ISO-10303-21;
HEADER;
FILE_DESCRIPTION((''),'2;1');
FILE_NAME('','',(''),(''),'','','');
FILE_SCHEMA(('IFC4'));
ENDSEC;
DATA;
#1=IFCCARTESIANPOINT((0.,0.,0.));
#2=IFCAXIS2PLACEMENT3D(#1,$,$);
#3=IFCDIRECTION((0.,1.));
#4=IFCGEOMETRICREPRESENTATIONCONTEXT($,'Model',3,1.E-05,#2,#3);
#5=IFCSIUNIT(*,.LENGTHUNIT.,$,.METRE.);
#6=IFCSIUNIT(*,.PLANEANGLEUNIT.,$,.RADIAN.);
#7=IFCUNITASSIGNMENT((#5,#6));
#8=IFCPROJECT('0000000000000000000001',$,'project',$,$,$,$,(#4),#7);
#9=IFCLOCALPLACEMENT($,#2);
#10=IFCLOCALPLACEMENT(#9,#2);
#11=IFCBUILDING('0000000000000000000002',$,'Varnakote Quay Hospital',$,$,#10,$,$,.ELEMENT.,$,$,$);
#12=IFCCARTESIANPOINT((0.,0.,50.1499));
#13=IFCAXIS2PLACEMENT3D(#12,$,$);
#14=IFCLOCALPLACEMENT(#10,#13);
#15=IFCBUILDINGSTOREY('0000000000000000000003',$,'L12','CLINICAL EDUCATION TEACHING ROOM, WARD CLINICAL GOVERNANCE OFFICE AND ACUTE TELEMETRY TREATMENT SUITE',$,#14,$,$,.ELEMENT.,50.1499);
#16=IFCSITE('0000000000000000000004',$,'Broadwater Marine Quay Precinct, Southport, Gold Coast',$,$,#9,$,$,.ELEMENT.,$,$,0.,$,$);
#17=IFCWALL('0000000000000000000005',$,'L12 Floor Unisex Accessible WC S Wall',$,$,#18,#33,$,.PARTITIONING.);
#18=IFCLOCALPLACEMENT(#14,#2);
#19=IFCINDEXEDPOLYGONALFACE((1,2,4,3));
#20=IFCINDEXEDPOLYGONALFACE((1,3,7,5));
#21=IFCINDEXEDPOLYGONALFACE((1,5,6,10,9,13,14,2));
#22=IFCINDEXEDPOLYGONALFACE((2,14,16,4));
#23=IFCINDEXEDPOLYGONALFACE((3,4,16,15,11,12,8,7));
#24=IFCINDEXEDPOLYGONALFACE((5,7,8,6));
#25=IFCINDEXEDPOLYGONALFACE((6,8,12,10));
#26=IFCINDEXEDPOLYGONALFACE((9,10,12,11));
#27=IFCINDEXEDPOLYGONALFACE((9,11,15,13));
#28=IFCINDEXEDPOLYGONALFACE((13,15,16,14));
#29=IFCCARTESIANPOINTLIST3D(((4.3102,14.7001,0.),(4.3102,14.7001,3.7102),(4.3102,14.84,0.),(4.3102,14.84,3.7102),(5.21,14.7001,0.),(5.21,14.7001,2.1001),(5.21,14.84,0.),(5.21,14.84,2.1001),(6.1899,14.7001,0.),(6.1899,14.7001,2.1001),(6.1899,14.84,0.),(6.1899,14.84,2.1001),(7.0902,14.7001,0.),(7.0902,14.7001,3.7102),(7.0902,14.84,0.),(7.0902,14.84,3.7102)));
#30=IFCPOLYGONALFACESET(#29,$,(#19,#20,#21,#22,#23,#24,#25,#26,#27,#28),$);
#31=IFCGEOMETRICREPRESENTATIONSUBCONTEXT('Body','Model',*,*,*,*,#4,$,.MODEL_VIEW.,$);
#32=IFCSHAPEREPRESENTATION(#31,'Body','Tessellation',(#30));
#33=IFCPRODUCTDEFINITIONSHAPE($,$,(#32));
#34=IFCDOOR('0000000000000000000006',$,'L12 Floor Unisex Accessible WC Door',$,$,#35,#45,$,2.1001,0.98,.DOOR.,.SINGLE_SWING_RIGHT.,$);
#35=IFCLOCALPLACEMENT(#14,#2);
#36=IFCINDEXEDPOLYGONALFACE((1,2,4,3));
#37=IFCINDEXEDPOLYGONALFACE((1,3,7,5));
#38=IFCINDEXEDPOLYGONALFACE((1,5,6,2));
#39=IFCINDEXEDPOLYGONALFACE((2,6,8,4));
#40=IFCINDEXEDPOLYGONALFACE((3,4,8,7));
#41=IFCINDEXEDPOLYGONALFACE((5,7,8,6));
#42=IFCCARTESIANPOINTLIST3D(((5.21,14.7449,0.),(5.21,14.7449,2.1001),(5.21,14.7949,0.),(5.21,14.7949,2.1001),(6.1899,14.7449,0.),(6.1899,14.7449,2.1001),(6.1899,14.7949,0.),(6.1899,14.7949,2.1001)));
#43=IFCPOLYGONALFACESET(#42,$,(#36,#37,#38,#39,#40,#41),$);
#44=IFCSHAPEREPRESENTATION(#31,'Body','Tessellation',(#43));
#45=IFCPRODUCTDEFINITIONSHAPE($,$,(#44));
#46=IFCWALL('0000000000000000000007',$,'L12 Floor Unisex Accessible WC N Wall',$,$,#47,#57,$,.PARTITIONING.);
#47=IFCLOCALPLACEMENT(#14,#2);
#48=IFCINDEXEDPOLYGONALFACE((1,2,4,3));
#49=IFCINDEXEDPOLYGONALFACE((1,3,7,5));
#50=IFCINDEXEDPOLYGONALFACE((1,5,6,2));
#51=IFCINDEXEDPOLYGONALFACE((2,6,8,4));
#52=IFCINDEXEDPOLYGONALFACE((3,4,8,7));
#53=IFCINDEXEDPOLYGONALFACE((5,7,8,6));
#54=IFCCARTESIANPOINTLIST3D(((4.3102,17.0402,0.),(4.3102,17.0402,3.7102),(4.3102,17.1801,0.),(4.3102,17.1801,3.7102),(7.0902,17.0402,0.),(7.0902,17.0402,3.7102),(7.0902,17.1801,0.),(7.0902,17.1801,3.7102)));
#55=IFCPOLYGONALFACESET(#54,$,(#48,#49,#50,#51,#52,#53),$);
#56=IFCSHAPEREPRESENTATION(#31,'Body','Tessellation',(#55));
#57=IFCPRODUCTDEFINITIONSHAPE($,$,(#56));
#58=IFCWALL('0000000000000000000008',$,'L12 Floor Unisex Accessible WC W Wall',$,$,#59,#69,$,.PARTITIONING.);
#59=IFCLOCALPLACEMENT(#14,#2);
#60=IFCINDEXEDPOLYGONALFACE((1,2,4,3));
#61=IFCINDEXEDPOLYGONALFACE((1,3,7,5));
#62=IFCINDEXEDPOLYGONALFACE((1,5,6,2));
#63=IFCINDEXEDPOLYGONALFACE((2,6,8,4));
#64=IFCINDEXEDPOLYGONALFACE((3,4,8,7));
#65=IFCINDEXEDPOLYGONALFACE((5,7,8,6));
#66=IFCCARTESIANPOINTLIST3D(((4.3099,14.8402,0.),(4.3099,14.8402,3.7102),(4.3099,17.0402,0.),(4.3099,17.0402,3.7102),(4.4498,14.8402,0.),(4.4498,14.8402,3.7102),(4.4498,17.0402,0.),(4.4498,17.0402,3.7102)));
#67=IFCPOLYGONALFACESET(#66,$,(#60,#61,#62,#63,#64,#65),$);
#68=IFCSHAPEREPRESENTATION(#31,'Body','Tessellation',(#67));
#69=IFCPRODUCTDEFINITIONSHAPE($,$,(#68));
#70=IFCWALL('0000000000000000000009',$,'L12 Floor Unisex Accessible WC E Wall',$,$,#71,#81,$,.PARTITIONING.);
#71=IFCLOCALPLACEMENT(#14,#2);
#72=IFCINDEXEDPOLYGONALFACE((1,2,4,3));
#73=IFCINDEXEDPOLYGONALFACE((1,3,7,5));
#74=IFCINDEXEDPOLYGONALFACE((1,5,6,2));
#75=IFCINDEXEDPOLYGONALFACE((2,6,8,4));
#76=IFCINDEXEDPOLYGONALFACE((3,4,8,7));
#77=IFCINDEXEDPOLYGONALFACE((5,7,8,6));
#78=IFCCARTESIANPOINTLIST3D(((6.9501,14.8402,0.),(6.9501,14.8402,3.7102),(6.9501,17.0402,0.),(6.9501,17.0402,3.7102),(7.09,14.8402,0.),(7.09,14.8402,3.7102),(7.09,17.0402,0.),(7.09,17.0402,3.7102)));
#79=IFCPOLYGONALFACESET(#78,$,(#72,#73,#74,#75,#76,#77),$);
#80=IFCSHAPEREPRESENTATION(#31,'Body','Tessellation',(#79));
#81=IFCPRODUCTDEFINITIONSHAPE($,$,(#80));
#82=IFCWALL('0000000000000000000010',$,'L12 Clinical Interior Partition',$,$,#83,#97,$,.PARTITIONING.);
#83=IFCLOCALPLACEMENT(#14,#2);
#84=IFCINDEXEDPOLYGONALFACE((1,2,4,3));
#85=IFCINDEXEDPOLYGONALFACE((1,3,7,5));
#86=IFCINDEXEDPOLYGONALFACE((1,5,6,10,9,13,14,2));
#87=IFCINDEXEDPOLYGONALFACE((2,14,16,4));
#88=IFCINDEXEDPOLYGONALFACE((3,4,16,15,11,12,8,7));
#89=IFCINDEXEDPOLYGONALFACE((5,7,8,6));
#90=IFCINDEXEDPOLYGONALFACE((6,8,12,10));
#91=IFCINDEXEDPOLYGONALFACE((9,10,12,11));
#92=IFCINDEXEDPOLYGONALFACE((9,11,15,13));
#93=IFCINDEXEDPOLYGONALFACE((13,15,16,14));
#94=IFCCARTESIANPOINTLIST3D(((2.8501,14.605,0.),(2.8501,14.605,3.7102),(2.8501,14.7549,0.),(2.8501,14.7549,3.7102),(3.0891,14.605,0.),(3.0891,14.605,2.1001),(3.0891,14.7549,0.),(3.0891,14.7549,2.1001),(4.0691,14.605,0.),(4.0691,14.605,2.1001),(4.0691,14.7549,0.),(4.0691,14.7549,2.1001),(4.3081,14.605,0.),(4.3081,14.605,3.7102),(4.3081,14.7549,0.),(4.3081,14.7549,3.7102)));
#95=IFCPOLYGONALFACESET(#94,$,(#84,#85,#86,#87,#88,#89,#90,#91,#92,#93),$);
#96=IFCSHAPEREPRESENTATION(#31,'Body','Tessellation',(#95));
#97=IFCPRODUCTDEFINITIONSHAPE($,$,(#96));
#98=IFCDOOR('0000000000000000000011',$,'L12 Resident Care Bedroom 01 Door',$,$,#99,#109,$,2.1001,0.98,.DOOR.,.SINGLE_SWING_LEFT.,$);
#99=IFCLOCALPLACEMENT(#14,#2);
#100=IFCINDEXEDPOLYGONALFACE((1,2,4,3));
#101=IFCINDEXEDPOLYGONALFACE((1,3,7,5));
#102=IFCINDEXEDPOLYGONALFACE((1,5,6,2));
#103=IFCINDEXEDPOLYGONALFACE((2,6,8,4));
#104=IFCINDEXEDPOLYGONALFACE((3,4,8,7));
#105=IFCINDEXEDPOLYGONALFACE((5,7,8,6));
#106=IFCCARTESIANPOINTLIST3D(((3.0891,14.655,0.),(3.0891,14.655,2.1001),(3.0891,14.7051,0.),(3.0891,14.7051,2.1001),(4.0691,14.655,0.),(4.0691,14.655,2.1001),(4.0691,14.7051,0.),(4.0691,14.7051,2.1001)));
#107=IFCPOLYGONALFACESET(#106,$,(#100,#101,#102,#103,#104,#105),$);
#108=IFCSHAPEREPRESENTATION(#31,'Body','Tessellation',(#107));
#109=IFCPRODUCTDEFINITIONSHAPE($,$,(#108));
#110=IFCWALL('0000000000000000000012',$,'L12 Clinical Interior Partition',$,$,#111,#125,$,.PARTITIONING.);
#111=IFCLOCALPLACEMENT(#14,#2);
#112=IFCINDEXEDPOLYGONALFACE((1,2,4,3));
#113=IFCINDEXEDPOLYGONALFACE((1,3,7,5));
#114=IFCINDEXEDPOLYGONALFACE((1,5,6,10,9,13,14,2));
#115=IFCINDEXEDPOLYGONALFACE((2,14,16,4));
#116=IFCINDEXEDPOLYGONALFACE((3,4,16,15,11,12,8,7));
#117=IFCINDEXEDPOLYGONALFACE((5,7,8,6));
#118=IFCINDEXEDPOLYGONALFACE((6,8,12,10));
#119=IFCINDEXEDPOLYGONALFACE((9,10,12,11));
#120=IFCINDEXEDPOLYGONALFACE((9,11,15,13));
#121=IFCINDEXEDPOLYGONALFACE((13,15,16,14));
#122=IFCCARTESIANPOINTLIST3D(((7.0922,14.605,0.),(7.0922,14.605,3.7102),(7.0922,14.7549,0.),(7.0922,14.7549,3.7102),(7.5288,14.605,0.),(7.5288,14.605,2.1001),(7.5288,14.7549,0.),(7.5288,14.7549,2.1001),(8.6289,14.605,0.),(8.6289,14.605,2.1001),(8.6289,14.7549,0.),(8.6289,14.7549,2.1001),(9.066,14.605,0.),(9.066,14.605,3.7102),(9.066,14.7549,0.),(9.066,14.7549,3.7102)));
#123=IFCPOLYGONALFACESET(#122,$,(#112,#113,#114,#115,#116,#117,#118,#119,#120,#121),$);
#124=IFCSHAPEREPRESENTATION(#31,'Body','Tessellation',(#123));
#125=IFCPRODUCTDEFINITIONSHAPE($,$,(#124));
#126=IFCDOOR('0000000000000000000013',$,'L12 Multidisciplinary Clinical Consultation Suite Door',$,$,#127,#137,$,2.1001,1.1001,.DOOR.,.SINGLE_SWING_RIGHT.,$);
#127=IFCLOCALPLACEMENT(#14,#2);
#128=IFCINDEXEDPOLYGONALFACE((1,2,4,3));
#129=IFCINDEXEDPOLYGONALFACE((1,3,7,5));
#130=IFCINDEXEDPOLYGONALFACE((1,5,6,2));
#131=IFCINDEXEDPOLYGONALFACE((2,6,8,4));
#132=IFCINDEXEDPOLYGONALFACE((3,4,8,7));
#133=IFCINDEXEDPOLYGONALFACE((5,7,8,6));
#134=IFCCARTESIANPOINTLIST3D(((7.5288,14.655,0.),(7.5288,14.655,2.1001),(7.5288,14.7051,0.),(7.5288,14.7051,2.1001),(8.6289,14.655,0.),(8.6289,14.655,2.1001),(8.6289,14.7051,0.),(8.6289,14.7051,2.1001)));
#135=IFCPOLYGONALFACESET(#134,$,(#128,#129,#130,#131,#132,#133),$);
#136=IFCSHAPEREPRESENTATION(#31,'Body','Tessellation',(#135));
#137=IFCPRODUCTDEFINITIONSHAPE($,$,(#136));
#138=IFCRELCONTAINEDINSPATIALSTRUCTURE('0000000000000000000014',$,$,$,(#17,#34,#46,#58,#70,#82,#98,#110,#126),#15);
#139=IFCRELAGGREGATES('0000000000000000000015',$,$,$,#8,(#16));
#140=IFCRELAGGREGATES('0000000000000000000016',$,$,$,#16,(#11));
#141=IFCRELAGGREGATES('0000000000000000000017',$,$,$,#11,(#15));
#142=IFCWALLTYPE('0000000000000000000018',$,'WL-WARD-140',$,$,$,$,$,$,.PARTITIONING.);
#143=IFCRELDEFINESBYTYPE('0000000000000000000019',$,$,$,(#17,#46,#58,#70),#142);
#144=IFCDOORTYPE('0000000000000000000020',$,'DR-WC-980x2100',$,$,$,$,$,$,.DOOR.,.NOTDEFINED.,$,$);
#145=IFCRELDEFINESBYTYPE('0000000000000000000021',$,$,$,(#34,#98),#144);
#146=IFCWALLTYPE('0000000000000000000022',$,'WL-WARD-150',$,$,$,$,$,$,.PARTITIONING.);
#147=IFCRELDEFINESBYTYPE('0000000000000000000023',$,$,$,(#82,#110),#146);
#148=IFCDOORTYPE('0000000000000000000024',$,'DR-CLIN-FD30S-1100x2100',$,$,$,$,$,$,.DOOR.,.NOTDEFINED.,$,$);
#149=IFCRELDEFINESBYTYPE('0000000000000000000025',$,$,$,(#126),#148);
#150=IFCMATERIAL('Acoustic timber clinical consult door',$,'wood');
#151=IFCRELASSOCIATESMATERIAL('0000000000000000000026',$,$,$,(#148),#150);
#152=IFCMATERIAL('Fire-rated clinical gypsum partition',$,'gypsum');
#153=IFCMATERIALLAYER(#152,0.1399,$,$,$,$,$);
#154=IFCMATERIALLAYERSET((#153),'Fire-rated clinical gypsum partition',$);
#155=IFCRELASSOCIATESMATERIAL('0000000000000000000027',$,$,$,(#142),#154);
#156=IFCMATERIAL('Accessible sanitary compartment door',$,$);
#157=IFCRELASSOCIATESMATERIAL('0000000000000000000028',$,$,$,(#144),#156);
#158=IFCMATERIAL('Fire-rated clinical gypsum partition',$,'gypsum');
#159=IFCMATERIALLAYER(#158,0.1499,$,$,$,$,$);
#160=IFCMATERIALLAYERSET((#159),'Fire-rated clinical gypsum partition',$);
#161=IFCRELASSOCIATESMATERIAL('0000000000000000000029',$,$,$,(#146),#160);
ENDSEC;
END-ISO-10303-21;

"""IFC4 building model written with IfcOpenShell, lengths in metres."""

from ifc_helpers import new_model, si_unit, direction, frame, frame_2d, origin, place, context, subcontext, project, spatial, rectangle, extrude, material, layer, layer_set, type_object, element, fill, save


model = new_model("IFC4")

# Units and contexts
model_context = context("Model", 3, precision=1e-05, world=origin(), true_north=direction((0.0, 1.0)))
body_context = subcontext(model_context, "Body", "Model", "MODEL_VIEW")
ifc_project = project(units=[si_unit("LENGTHUNIT", "METRE"), si_unit("PLANEANGLEUNIT", "RADIAN")], contexts=[model_context])

# Site, building, storey
site_placement = place(None, origin())
site = spatial("IfcSite", under=ifc_project, at=site_placement, Name="Broadwater Marine Quay Precinct, Southport, Gold Coast", CompositionType="ELEMENT", RefElevation=0.0)
building_placement = place(site_placement, origin())
building = spatial("IfcBuilding", under=site, at=building_placement, Name="Varnakote Quay Hospital", CompositionType="ELEMENT")
storey_placement = place(building_placement, frame((0.0, 0.0, 50.1499)))
storey = spatial("IfcBuildingStorey", under=building, at=storey_placement, Name="L12", Description="CLINICAL EDUCATION TEACHING ROOM, WARD CLINICAL GOVERNANCE OFFICE AND ACUTE TELEMETRY TREATMENT SUITE", CompositionType="ELEMENT", Elevation=50.1499)

# Wall, opening, door
ifc_material_1 = material(Name="Acoustic timber clinical consult door", Category="wood")
door_type_1 = type_object("IfcDoorType", Name="DR-CLIN-FD30S-1100x2100", OperationType="NOTDEFINED", PredefinedType="DOOR", material=ifc_material_1)
ifc_material_2 = material(Name="Fire-rated clinical gypsum partition", Category="gypsum")
ifc_layer_1 = layer(ifc_material_2, 0.1399)
ifc_layer_set_1 = layer_set([ifc_layer_1], Name="Fire-rated clinical gypsum partition")
wall_type_1 = type_object("IfcWallType", Name="WL-WARD-140", PredefinedType="PARTITIONING", material=ifc_layer_set_1)
wall_1_placement = place(storey_placement, frame((4.3101, 14.77, 0.0), z_axis=(0.0, 0.0, 1.0), x_axis=(1.0, 0.0, 0.0)))
wall_1 = element("IfcWall", 1, at=wall_1_placement, inside=storey, type_object=wall_type_1, Name="L12 Floor Unisex Accessible WC S Wall", PredefinedType="PARTITIONING", context=body_context, shape_type="SweptSolid", body=[
    extrude(rectangle(XDim=2.78, YDim=0.1399, at=frame_2d((1.3901, 0.0))), origin(), (0.0, 0.0, 1.0), 3.7102),
])
opening_1_placement = place(wall_1_placement, frame((0.8999, 0.0, 0.0)))
opening_1 = element("IfcOpeningElement", 2, at=opening_1_placement, cuts=wall_1, PredefinedType="OPENING", context=body_context, shape_type="SweptSolid", body=[
    extrude(rectangle(XDim=0.98, YDim=2.1001, at=frame_2d((0.49, 1.05))), frame((0.0, 0.0798, 0.0), z_axis=(0.0, -1.0, 0.0), x_axis=(1.0, 0.0, 0.0)), (0.0, 0.0, 1.0), 0.1599),
])
ifc_material_3 = material(Name="Accessible sanitary compartment door")
door_type_2 = type_object("IfcDoorType", Name="DR-WC-980x2100", OperationType="NOTDEFINED", PredefinedType="DOOR", material=ifc_material_3)
door_1_placement = place(opening_1_placement, origin())
door_1 = element("IfcDoor", 3, at=door_1_placement, inside=storey, type_object=door_type_2, Name="L12 Floor Unisex Accessible WC Door", OperationType="SINGLE_SWING_RIGHT", OverallHeight=2.1001, OverallWidth=0.98, PredefinedType="DOOR", context=body_context, shape_type="SweptSolid", body=[
    extrude(rectangle(XDim=0.98, YDim=2.1001, at=frame_2d((0.49, 1.05))), frame((0.0, 0.0249, 0.0), z_axis=(0.0, -1.0, 0.0), x_axis=(1.0, 0.0, 0.0)), (0.0, 0.0, 1.0), 0.05),
])
fill(opening_1, door_1)

# Walls
wall_2_placement = place(storey_placement, frame((4.3101, 17.1101, 0.0), z_axis=(0.0, 0.0, 1.0), x_axis=(1.0, 0.0, 0.0)))
element("IfcWall", 4, at=wall_2_placement, inside=storey, type_object=wall_type_1, Name="L12 Floor Unisex Accessible WC N Wall", PredefinedType="PARTITIONING", context=body_context, shape_type="SweptSolid", body=[
    extrude(rectangle(XDim=2.78, YDim=0.1399, at=frame_2d((1.3901, 0.0))), origin(), (0.0, 0.0, 1.0), 3.7102),
])
for number, where, z_axis, x_axis, name in (
    (5, (4.3799, 14.8401, 0.0), (0.0, 0.0, 1.0), (0.0, 1.0, 0.0), "L12 Floor Unisex Accessible WC W Wall"),
    (6, (7.02, 14.8401, 0.0), (0.0, 0.0, 1.0), (0.0, 1.0, 0.0), "L12 Floor Unisex Accessible WC E Wall"),
):
    element("IfcWall", number, at=place(storey_placement, frame(where, z_axis=z_axis, x_axis=x_axis)), inside=storey, type_object=wall_type_1, Name=name, PredefinedType="PARTITIONING", context=body_context, shape_type="SweptSolid", body=[
        extrude(rectangle(XDim=2.2, YDim=0.1399, at=frame_2d((1.1001, 0.0))), origin(), (0.0, 0.0, 1.0), 3.7102),
    ])

# Walls, openings, doors
ifc_material_4 = material(Name="Fire-rated clinical gypsum partition", Category="gypsum")
ifc_layer_2 = layer(ifc_material_4, 0.1499)
ifc_layer_set_2 = layer_set([ifc_layer_2], Name="Fire-rated clinical gypsum partition")
wall_type_2 = type_object("IfcWallType", Name="WL-WARD-150", PredefinedType="PARTITIONING", material=ifc_layer_set_2)
wall_3_placement = place(storey_placement, frame((4.3081, 14.6799, 0.0), z_axis=(0.0, 0.0, 1.0), x_axis=(-1.0, 0.0, 0.0)))
wall_3 = element("IfcWall", 7, at=wall_3_placement, inside=storey, type_object=wall_type_2, Name="L12 Clinical Interior Partition", PredefinedType="PARTITIONING", context=body_context, shape_type="SweptSolid", body=[
    extrude(rectangle(XDim=1.458, YDim=0.1499, at=frame_2d((0.729, 0.0))), origin(), (0.0, 0.0, 1.0), 3.7102),
])
opening_2_placement = place(wall_3_placement, frame((0.239, 0.0, 0.0)))
opening_2 = element("IfcOpeningElement", 8, at=opening_2_placement, cuts=wall_3, PredefinedType="OPENING", context=body_context, shape_type="SweptSolid", body=[
    extrude(rectangle(XDim=0.98, YDim=2.1001, at=frame_2d((0.49, 1.05))), frame((0.0, 0.085, 0.0), z_axis=(0.0, -1.0, 0.0), x_axis=(1.0, 0.0, 0.0)), (0.0, 0.0, 1.0), 0.1699),
])
door_2_placement = place(opening_2_placement, origin())
door_2 = element("IfcDoor", 9, at=door_2_placement, inside=storey, type_object=door_type_2, Name="L12 Resident Care Bedroom 01 Door", OperationType="SINGLE_SWING_LEFT", OverallHeight=2.1001, OverallWidth=0.98, PredefinedType="DOOR", context=body_context, shape_type="SweptSolid", body=[
    extrude(rectangle(XDim=0.98, YDim=2.1001, at=frame_2d((0.49, 1.05))), frame((0.0, 0.0249, 0.0), z_axis=(0.0, -1.0, 0.0), x_axis=(1.0, 0.0, 0.0)), (0.0, 0.0, 1.0), 0.05),
])
fill(opening_2, door_2)
wall_4_placement = place(storey_placement, frame((9.0659, 14.6799, 0.0), z_axis=(0.0, 0.0, 1.0), x_axis=(-1.0, 0.0, 0.0)))
wall_4 = element("IfcWall", 10, at=wall_4_placement, inside=storey, type_object=wall_type_2, Name="L12 Clinical Interior Partition", PredefinedType="PARTITIONING", context=body_context, shape_type="SweptSolid", body=[
    extrude(rectangle(XDim=1.9739, YDim=0.1499, at=frame_2d((0.9868, 0.0))), origin(), (0.0, 0.0, 1.0), 3.7102),
])
opening_3_placement = place(wall_4_placement, frame((0.437, 0.0, 0.0)))
opening_3 = element("IfcOpeningElement", 11, at=opening_3_placement, cuts=wall_4, PredefinedType="OPENING", context=body_context, shape_type="SweptSolid", body=[
    extrude(rectangle(XDim=1.1001, YDim=2.1001, at=frame_2d((0.55, 1.05))), frame((0.0, 0.085, 0.0), z_axis=(0.0, -1.0, 0.0), x_axis=(1.0, 0.0, 0.0)), (0.0, 0.0, 1.0), 0.1699),
])
door_3_placement = place(opening_3_placement, origin())
door_3 = element("IfcDoor", 12, at=door_3_placement, inside=storey, type_object=door_type_1, Name="L12 Multidisciplinary Clinical Consultation Suite Door", OperationType="SINGLE_SWING_RIGHT", OverallHeight=2.1001, OverallWidth=1.1001, PredefinedType="DOOR", context=body_context, shape_type="SweptSolid", body=[
    extrude(rectangle(XDim=1.1001, YDim=2.1001, at=frame_2d((0.55, 1.05))), frame((0.0, 0.0249, 0.0), z_axis=(0.0, -1.0, 0.0), x_axis=(1.0, 0.0, 0.0)), (0.0, 0.0, 1.0), 0.05),
])
fill(opening_3, door_3)

save(model, "model.ifc")
